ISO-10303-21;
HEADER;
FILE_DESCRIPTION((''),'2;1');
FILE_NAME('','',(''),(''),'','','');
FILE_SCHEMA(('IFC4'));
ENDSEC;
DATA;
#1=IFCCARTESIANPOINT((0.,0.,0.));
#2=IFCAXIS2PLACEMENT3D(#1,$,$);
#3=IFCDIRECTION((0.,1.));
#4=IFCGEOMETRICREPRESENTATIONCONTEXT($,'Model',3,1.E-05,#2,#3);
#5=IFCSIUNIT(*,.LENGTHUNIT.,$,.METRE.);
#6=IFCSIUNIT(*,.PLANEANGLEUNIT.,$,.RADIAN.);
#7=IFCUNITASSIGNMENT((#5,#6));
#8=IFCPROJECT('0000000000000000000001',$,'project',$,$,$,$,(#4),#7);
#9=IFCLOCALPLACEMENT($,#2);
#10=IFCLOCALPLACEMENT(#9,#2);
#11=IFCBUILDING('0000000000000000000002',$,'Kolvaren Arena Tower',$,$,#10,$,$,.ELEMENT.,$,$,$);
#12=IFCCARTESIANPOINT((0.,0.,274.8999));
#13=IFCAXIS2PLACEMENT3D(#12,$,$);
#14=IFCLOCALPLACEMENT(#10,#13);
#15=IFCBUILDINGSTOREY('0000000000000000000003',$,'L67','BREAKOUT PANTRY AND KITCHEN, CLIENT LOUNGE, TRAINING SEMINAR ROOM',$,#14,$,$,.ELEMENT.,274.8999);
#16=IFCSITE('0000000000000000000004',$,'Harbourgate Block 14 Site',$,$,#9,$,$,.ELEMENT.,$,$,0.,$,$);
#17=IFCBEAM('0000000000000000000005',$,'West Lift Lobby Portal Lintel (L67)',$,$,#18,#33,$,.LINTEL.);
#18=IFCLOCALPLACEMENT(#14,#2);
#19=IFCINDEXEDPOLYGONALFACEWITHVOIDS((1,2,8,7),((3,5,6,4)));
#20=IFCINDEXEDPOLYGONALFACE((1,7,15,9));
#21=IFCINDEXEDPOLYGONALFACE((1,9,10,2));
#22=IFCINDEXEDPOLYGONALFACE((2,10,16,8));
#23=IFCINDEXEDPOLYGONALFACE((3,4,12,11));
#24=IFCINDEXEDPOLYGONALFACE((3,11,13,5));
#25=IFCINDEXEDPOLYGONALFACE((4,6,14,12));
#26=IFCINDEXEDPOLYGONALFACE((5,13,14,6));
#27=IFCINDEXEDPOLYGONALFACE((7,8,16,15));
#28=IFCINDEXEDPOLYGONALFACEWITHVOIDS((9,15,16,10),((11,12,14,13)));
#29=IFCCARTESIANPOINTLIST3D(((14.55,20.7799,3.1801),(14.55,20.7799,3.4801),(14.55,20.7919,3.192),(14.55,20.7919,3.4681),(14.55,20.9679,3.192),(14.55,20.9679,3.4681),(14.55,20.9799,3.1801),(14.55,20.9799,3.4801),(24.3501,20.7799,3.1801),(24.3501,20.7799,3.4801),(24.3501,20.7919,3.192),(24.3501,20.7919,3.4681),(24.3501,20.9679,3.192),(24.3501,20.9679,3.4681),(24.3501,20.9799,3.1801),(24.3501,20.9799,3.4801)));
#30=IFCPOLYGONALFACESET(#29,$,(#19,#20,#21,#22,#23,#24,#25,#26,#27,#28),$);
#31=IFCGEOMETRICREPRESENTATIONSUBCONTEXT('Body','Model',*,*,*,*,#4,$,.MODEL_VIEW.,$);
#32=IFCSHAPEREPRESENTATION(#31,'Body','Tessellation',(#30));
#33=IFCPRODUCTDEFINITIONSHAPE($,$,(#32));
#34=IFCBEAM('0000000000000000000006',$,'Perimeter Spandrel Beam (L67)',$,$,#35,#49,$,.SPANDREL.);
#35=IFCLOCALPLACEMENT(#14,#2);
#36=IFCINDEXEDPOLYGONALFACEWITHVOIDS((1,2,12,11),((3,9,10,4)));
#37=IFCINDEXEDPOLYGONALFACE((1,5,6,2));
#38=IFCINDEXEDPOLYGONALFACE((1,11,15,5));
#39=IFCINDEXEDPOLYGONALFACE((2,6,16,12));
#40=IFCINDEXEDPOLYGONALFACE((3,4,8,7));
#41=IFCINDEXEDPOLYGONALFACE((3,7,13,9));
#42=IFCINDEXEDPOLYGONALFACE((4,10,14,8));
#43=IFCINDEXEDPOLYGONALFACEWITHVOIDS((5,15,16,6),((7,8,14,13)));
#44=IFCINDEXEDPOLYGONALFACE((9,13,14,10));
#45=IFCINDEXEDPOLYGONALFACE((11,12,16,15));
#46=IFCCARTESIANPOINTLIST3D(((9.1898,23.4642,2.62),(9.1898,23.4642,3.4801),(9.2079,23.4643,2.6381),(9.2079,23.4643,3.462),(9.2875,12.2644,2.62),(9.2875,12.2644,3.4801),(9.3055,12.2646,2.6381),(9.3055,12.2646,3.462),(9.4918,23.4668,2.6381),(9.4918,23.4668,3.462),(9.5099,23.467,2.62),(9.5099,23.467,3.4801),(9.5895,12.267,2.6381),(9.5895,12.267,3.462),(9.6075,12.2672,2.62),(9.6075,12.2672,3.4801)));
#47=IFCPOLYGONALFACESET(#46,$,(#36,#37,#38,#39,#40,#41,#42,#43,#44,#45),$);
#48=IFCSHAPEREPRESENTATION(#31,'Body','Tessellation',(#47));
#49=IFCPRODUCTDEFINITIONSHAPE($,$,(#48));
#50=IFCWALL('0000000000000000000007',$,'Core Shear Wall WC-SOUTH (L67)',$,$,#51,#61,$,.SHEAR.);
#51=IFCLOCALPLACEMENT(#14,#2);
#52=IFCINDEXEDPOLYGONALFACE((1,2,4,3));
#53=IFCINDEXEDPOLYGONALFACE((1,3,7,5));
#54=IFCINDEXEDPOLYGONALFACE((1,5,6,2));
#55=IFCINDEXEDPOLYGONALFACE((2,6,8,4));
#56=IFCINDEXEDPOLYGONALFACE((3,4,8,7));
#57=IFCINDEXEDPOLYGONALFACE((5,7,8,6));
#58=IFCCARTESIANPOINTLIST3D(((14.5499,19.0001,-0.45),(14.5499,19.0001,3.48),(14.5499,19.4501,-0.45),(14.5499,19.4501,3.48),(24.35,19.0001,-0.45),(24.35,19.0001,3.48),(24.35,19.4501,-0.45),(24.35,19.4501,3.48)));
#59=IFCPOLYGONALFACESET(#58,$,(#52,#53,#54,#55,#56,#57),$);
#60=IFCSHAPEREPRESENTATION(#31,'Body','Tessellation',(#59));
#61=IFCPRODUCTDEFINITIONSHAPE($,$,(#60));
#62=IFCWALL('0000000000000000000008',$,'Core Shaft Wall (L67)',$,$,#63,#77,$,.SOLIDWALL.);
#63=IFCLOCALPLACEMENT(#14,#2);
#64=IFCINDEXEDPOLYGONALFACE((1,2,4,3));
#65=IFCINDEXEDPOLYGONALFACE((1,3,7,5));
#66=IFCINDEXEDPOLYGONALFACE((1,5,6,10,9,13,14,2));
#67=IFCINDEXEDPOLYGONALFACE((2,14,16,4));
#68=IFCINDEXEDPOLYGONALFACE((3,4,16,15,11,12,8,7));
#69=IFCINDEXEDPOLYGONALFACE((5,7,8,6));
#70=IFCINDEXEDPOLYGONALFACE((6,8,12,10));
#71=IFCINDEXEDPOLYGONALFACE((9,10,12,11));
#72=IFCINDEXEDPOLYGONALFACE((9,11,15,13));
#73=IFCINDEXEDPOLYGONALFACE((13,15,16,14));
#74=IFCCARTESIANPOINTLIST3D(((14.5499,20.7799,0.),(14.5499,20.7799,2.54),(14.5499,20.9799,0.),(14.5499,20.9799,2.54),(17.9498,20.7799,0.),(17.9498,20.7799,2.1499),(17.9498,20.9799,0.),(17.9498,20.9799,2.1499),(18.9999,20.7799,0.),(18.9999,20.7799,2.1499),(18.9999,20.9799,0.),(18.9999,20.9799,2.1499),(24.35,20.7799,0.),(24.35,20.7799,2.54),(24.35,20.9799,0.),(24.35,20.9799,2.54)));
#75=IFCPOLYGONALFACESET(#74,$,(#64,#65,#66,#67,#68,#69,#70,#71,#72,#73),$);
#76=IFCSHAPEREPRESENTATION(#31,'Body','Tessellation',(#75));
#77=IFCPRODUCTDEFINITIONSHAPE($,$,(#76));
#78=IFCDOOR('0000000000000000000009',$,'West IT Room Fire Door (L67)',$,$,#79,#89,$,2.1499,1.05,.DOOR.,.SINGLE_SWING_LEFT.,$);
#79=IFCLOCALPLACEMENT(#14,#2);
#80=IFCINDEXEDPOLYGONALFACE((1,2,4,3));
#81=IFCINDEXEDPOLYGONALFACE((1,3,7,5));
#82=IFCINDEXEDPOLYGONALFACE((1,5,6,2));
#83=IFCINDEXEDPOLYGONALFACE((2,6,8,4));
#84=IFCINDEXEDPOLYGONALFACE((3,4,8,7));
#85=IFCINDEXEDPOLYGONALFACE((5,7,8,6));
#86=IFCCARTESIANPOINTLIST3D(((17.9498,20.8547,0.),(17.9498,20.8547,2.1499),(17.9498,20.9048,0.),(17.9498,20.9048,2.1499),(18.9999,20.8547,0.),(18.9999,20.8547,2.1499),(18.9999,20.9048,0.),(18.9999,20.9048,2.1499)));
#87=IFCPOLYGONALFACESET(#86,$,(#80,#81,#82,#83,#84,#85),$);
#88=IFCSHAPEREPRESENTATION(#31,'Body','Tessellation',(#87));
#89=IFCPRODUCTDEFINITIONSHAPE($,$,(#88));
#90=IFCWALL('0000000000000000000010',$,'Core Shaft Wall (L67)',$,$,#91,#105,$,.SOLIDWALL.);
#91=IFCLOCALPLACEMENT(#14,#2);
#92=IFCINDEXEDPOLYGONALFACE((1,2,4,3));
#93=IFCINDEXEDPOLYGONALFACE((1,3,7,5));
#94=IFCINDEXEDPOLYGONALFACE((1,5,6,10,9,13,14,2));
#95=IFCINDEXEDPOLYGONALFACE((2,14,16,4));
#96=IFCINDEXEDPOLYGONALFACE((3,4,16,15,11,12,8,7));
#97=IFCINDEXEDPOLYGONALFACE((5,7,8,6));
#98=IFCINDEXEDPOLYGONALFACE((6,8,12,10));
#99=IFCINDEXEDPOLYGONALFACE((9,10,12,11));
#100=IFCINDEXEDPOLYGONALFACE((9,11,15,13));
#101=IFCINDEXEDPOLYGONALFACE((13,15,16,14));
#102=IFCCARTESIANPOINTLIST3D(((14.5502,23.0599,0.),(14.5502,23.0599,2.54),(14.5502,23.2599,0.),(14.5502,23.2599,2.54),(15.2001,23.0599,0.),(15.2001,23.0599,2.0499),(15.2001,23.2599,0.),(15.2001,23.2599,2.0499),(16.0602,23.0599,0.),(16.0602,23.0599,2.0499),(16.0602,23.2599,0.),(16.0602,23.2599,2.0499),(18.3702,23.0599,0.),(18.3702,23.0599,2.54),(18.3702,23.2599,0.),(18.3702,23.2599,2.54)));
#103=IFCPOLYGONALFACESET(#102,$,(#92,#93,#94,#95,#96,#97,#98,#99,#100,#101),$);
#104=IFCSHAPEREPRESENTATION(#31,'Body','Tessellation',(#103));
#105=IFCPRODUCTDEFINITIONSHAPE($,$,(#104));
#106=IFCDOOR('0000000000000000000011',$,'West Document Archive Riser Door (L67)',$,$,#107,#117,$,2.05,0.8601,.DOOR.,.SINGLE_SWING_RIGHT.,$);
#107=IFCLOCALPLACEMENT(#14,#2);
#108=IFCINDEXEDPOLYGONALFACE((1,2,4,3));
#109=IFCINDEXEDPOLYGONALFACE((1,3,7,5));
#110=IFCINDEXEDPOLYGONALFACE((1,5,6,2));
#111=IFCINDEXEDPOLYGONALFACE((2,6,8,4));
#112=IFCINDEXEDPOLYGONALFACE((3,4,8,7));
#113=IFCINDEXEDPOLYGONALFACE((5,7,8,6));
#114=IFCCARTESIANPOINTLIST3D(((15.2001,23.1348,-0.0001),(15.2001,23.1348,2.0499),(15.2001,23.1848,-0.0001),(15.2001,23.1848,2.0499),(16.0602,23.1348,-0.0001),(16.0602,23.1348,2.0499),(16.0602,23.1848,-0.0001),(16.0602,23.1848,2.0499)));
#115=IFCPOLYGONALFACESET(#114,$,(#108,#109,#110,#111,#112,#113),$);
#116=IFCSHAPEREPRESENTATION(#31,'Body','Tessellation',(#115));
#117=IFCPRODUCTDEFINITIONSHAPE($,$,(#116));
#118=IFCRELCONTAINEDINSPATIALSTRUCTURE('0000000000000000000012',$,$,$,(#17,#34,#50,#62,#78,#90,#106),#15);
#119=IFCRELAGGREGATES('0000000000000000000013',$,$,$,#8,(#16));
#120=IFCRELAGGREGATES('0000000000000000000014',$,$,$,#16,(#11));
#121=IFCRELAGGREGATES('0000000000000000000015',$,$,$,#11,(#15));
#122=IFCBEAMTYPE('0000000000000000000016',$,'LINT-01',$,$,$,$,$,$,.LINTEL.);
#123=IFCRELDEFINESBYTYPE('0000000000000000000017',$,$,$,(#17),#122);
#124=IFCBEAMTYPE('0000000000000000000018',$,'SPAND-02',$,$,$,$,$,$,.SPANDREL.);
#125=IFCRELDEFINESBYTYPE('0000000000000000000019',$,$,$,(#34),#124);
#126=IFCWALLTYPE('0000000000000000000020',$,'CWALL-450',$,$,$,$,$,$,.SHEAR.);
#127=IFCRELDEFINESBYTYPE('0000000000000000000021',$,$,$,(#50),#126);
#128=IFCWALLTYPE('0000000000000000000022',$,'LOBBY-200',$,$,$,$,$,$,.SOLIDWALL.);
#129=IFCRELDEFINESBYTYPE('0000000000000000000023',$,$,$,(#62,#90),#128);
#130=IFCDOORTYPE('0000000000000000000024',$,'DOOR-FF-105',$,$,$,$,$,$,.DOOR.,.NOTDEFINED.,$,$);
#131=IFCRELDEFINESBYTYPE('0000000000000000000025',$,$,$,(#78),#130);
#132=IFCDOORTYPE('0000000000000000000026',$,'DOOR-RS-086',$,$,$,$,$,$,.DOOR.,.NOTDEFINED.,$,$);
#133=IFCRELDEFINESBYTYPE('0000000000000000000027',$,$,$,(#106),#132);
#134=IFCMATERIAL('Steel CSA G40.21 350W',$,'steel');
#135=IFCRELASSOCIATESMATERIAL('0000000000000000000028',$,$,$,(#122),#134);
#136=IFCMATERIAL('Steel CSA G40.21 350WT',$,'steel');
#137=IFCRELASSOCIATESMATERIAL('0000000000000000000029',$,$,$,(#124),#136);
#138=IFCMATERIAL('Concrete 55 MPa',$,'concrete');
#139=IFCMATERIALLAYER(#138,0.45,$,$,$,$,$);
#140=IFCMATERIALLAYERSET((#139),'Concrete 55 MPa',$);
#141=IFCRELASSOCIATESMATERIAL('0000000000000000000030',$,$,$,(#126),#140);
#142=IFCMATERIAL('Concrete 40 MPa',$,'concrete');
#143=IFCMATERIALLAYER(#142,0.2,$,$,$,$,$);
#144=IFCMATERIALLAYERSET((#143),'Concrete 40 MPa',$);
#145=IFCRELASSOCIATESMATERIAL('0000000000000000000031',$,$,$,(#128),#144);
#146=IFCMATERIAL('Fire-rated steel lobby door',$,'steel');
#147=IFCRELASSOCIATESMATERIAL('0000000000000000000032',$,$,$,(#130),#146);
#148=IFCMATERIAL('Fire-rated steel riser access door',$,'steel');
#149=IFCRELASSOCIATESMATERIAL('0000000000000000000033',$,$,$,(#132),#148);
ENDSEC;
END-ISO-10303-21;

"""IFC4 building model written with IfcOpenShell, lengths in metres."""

from ifc_helpers import new_model, si_unit, direction, frame, frame_2d, origin, origin_2d, place, context, subcontext, project, spatial, rectangle, hollow_rectangle, extrude, material, layer, layer_set, material_profile, profile_set, type_object, element, fill, save


model = new_model("IFC4")

# Units and contexts
model_context = context("Model", 3, precision=1e-05, world=origin(), true_north=direction((0.0, 1.0)))
body_context = subcontext(model_context, "Body", "Model", "MODEL_VIEW")
ifc_project = project(units=[si_unit("LENGTHUNIT", "METRE"), si_unit("PLANEANGLEUNIT", "RADIAN")], contexts=[model_context])

# Site, building, storey
site_placement = place(None, origin())
site = spatial("IfcSite", under=ifc_project, at=site_placement, Name="Harbourgate Block 14 Site", CompositionType="ELEMENT", RefElevation=0.0)
building_placement = place(site_placement, origin())
building = spatial("IfcBuilding", under=site, at=building_placement, Name="Kolvaren Arena Tower", CompositionType="ELEMENT")
storey_placement = place(building_placement, frame((0.0, 0.0, 274.8999)))
storey = spatial("IfcBuildingStorey", under=building, at=storey_placement, Name="L67", Description="BREAKOUT PANTRY AND KITCHEN, CLIENT LOUNGE, TRAINING SEMINAR ROOM", CompositionType="ELEMENT", Elevation=274.8999)

# Beams
ifc_material_1 = material(Name="Steel CSA G40.21 350W", Category="steel")
ifc_material_profile_1 = material_profile(ifc_material_1, hollow_rectangle(XDim=0.2, YDim=0.3, WallThickness=0.012, at=origin_2d()), Name="HSS 300x200x12")
ifc_profile_set_1 = profile_set([ifc_material_profile_1], Name="Steel CSA G40.21 350W")
beam_type_1 = type_object("IfcBeamType", Name="LINT-01", PredefinedType="LINTEL", material=ifc_profile_set_1)
beam_1_placement = place(storey_placement, frame((14.55, 20.8799, 3.3301), z_axis=(1.0, 0.0, 0.0), x_axis=(0.0, 1.0, 0.0)))
element("IfcBeam", 1, at=beam_1_placement, inside=storey, type_object=beam_type_1, Name="West Lift Lobby Portal Lintel (L67)", PredefinedType="LINTEL", context=body_context, shape_type="SweptSolid", body=[
    extrude(hollow_rectangle(XDim=0.2, YDim=0.3, WallThickness=0.012, at=origin_2d()), origin(), (0.0, 0.0, 1.0), 9.8),
])
ifc_material_2 = material(Name="Steel CSA G40.21 350WT", Category="steel")
ifc_material_profile_2 = material_profile(ifc_material_2, hollow_rectangle(XDim=0.3201, YDim=0.8601, WallThickness=0.0181, at=origin_2d()), Name="HSS 860x320x18")
ifc_profile_set_2 = profile_set([ifc_material_profile_2], Name="Steel CSA G40.21 350WT")
beam_type_2 = type_object("IfcBeamType", Name="SPAND-02", PredefinedType="SPANDREL", material=ifc_profile_set_2)
beam_2_placement = place(storey_placement, frame((9.3499, 23.4656, 3.05), z_axis=(0.008719, -0.999962, 0.0), x_axis=(0.999962, 0.008719, 0.0)))
element("IfcBeam", 2, at=beam_2_placement, inside=storey, type_object=beam_type_2, Name="Perimeter Spandrel Beam (L67)", PredefinedType="SPANDREL", context=body_context, shape_type="SweptSolid", body=[
    extrude(hollow_rectangle(XDim=0.3201, YDim=0.8601, WallThickness=0.0181, at=origin_2d()), origin(), (0.0, 0.0, 1.0), 11.2002),
])

# Wall
ifc_material_3 = material(Name="Concrete 55 MPa", Category="concrete")
ifc_layer_1 = layer(ifc_material_3, 0.45)
ifc_layer_set_1 = layer_set([ifc_layer_1], Name="Concrete 55 MPa")
wall_type_1 = type_object("IfcWallType", Name="CWALL-450", PredefinedType="SHEAR", material=ifc_layer_set_1)
wall_1_placement = place(storey_placement, frame((14.55, 19.2251, -0.45), z_axis=(0.0, 0.0, 1.0), x_axis=(1.0, 0.0, 0.0)))
element("IfcWall", 3, at=wall_1_placement, inside=storey, type_object=wall_type_1, Name="Core Shear Wall WC-SOUTH (L67)", PredefinedType="SHEAR", context=body_context, shape_type="SweptSolid", body=[
    extrude(rectangle(XDim=9.8, YDim=0.45, at=frame_2d((4.8999, 0.0))), origin(), (0.0, 0.0, 1.0), 3.9299),
])

# Walls, openings, doors
ifc_material_4 = material(Name="Concrete 40 MPa", Category="concrete")
ifc_layer_2 = layer(ifc_material_4, 0.2)
ifc_layer_set_2 = layer_set([ifc_layer_2], Name="Concrete 40 MPa")
wall_type_2 = type_object("IfcWallType", Name="LOBBY-200", PredefinedType="SOLIDWALL", material=ifc_layer_set_2)
wall_2_placement = place(storey_placement, frame((14.55, 20.8799, 0.0), z_axis=(0.0, 0.0, 1.0), x_axis=(1.0, 0.0, 0.0)))
wall_2 = element("IfcWall", 4, at=wall_2_placement, inside=storey, type_object=wall_type_2, Name="Core Shaft Wall (L67)", PredefinedType="SOLIDWALL", context=body_context, shape_type="SweptSolid", body=[
    extrude(rectangle(XDim=9.8, YDim=0.2, at=frame_2d((4.8999, 0.0))), origin(), (0.0, 0.0, 1.0), 2.54),
])
opening_1_placement = place(wall_2_placement, frame((3.3999, 0.0, 0.0)))
opening_1 = element("IfcOpeningElement", 5, at=opening_1_placement, cuts=wall_2, PredefinedType="OPENING", context=body_context, shape_type="SweptSolid", body=[
    extrude(rectangle(XDim=1.05, YDim=2.1499, at=frame_2d((0.5249, 1.075))), frame((0.0, 0.1099, 0.0), z_axis=(0.0, -1.0, 0.0), x_axis=(1.0, 0.0, 0.0)), (0.0, 0.0, 1.0), 0.22),
])
ifc_material_5 = material(Name="Fire-rated steel lobby door", Category="steel")
door_type_1 = type_object("IfcDoorType", Name="DOOR-FF-105", OperationType="NOTDEFINED", PredefinedType="DOOR", material=ifc_material_5)
door_1_placement = place(opening_1_placement, origin())
door_1 = element("IfcDoor", 6, at=door_1_placement, inside=storey, type_object=door_type_1, Name="West IT Room Fire Door (L67)", OperationType="SINGLE_SWING_LEFT", OverallHeight=2.1499, OverallWidth=1.05, PredefinedType="DOOR", context=body_context, shape_type="SweptSolid", body=[
    extrude(rectangle(XDim=1.05, YDim=2.1499, at=frame_2d((0.5249, 1.075))), frame((0.0, 0.0249, 0.0), z_axis=(0.0, -1.0, 0.0), x_axis=(1.0, 0.0, 0.0)), (0.0, 0.0, 1.0), 0.05),
])
fill(opening_1, door_1)
wall_3_placement = place(storey_placement, frame((14.55, 23.1599, 0.0), z_axis=(0.0, 0.0, 1.0), x_axis=(1.0, 0.0, 0.0)))
wall_3 = element("IfcWall", 7, at=wall_3_placement, inside=storey, type_object=wall_type_2, Name="Core Shaft Wall (L67)", PredefinedType="SOLIDWALL", context=body_context, shape_type="SweptSolid", body=[
    extrude(rectangle(XDim=3.8201, YDim=0.2, at=frame_2d((1.9102, 0.0))), origin(), (0.0, 0.0, 1.0), 2.54),
])
opening_2_placement = place(wall_3_placement, frame((0.6499, 0.0, 0.0)))
opening_2 = element("IfcOpeningElement", 8, at=opening_2_placement, cuts=wall_3, PredefinedType="OPENING", context=body_context, shape_type="SweptSolid", body=[
    extrude(rectangle(XDim=0.8601, YDim=2.05, at=frame_2d((0.4302, 1.0249))), frame((0.0, 0.1099, 0.0), z_axis=(0.0, -1.0, 0.0), x_axis=(1.0, 0.0, 0.0)), (0.0, 0.0, 1.0), 0.22),
])
ifc_material_6 = material(Name="Fire-rated steel riser access door", Category="steel")
door_type_2 = type_object("IfcDoorType", Name="DOOR-RS-086", OperationType="NOTDEFINED", PredefinedType="DOOR", material=ifc_material_6)
door_2_placement = place(opening_2_placement, origin())
door_2 = element("IfcDoor", 9, at=door_2_placement, inside=storey, type_object=door_type_2, Name="West Document Archive Riser Door (L67)", OperationType="SINGLE_SWING_RIGHT", OverallHeight=2.05, OverallWidth=0.8601, PredefinedType="DOOR", context=body_context, shape_type="SweptSolid", body=[
    extrude(rectangle(XDim=0.8601, YDim=2.05, at=frame_2d((0.4302, 1.0249))), frame((0.0, 0.0249, 0.0), z_axis=(0.0, -1.0, 0.0), x_axis=(1.0, 0.0, 0.0)), (0.0, 0.0, 1.0), 0.05),
])
fill(opening_2, door_2)

save(model, "model.ifc")
